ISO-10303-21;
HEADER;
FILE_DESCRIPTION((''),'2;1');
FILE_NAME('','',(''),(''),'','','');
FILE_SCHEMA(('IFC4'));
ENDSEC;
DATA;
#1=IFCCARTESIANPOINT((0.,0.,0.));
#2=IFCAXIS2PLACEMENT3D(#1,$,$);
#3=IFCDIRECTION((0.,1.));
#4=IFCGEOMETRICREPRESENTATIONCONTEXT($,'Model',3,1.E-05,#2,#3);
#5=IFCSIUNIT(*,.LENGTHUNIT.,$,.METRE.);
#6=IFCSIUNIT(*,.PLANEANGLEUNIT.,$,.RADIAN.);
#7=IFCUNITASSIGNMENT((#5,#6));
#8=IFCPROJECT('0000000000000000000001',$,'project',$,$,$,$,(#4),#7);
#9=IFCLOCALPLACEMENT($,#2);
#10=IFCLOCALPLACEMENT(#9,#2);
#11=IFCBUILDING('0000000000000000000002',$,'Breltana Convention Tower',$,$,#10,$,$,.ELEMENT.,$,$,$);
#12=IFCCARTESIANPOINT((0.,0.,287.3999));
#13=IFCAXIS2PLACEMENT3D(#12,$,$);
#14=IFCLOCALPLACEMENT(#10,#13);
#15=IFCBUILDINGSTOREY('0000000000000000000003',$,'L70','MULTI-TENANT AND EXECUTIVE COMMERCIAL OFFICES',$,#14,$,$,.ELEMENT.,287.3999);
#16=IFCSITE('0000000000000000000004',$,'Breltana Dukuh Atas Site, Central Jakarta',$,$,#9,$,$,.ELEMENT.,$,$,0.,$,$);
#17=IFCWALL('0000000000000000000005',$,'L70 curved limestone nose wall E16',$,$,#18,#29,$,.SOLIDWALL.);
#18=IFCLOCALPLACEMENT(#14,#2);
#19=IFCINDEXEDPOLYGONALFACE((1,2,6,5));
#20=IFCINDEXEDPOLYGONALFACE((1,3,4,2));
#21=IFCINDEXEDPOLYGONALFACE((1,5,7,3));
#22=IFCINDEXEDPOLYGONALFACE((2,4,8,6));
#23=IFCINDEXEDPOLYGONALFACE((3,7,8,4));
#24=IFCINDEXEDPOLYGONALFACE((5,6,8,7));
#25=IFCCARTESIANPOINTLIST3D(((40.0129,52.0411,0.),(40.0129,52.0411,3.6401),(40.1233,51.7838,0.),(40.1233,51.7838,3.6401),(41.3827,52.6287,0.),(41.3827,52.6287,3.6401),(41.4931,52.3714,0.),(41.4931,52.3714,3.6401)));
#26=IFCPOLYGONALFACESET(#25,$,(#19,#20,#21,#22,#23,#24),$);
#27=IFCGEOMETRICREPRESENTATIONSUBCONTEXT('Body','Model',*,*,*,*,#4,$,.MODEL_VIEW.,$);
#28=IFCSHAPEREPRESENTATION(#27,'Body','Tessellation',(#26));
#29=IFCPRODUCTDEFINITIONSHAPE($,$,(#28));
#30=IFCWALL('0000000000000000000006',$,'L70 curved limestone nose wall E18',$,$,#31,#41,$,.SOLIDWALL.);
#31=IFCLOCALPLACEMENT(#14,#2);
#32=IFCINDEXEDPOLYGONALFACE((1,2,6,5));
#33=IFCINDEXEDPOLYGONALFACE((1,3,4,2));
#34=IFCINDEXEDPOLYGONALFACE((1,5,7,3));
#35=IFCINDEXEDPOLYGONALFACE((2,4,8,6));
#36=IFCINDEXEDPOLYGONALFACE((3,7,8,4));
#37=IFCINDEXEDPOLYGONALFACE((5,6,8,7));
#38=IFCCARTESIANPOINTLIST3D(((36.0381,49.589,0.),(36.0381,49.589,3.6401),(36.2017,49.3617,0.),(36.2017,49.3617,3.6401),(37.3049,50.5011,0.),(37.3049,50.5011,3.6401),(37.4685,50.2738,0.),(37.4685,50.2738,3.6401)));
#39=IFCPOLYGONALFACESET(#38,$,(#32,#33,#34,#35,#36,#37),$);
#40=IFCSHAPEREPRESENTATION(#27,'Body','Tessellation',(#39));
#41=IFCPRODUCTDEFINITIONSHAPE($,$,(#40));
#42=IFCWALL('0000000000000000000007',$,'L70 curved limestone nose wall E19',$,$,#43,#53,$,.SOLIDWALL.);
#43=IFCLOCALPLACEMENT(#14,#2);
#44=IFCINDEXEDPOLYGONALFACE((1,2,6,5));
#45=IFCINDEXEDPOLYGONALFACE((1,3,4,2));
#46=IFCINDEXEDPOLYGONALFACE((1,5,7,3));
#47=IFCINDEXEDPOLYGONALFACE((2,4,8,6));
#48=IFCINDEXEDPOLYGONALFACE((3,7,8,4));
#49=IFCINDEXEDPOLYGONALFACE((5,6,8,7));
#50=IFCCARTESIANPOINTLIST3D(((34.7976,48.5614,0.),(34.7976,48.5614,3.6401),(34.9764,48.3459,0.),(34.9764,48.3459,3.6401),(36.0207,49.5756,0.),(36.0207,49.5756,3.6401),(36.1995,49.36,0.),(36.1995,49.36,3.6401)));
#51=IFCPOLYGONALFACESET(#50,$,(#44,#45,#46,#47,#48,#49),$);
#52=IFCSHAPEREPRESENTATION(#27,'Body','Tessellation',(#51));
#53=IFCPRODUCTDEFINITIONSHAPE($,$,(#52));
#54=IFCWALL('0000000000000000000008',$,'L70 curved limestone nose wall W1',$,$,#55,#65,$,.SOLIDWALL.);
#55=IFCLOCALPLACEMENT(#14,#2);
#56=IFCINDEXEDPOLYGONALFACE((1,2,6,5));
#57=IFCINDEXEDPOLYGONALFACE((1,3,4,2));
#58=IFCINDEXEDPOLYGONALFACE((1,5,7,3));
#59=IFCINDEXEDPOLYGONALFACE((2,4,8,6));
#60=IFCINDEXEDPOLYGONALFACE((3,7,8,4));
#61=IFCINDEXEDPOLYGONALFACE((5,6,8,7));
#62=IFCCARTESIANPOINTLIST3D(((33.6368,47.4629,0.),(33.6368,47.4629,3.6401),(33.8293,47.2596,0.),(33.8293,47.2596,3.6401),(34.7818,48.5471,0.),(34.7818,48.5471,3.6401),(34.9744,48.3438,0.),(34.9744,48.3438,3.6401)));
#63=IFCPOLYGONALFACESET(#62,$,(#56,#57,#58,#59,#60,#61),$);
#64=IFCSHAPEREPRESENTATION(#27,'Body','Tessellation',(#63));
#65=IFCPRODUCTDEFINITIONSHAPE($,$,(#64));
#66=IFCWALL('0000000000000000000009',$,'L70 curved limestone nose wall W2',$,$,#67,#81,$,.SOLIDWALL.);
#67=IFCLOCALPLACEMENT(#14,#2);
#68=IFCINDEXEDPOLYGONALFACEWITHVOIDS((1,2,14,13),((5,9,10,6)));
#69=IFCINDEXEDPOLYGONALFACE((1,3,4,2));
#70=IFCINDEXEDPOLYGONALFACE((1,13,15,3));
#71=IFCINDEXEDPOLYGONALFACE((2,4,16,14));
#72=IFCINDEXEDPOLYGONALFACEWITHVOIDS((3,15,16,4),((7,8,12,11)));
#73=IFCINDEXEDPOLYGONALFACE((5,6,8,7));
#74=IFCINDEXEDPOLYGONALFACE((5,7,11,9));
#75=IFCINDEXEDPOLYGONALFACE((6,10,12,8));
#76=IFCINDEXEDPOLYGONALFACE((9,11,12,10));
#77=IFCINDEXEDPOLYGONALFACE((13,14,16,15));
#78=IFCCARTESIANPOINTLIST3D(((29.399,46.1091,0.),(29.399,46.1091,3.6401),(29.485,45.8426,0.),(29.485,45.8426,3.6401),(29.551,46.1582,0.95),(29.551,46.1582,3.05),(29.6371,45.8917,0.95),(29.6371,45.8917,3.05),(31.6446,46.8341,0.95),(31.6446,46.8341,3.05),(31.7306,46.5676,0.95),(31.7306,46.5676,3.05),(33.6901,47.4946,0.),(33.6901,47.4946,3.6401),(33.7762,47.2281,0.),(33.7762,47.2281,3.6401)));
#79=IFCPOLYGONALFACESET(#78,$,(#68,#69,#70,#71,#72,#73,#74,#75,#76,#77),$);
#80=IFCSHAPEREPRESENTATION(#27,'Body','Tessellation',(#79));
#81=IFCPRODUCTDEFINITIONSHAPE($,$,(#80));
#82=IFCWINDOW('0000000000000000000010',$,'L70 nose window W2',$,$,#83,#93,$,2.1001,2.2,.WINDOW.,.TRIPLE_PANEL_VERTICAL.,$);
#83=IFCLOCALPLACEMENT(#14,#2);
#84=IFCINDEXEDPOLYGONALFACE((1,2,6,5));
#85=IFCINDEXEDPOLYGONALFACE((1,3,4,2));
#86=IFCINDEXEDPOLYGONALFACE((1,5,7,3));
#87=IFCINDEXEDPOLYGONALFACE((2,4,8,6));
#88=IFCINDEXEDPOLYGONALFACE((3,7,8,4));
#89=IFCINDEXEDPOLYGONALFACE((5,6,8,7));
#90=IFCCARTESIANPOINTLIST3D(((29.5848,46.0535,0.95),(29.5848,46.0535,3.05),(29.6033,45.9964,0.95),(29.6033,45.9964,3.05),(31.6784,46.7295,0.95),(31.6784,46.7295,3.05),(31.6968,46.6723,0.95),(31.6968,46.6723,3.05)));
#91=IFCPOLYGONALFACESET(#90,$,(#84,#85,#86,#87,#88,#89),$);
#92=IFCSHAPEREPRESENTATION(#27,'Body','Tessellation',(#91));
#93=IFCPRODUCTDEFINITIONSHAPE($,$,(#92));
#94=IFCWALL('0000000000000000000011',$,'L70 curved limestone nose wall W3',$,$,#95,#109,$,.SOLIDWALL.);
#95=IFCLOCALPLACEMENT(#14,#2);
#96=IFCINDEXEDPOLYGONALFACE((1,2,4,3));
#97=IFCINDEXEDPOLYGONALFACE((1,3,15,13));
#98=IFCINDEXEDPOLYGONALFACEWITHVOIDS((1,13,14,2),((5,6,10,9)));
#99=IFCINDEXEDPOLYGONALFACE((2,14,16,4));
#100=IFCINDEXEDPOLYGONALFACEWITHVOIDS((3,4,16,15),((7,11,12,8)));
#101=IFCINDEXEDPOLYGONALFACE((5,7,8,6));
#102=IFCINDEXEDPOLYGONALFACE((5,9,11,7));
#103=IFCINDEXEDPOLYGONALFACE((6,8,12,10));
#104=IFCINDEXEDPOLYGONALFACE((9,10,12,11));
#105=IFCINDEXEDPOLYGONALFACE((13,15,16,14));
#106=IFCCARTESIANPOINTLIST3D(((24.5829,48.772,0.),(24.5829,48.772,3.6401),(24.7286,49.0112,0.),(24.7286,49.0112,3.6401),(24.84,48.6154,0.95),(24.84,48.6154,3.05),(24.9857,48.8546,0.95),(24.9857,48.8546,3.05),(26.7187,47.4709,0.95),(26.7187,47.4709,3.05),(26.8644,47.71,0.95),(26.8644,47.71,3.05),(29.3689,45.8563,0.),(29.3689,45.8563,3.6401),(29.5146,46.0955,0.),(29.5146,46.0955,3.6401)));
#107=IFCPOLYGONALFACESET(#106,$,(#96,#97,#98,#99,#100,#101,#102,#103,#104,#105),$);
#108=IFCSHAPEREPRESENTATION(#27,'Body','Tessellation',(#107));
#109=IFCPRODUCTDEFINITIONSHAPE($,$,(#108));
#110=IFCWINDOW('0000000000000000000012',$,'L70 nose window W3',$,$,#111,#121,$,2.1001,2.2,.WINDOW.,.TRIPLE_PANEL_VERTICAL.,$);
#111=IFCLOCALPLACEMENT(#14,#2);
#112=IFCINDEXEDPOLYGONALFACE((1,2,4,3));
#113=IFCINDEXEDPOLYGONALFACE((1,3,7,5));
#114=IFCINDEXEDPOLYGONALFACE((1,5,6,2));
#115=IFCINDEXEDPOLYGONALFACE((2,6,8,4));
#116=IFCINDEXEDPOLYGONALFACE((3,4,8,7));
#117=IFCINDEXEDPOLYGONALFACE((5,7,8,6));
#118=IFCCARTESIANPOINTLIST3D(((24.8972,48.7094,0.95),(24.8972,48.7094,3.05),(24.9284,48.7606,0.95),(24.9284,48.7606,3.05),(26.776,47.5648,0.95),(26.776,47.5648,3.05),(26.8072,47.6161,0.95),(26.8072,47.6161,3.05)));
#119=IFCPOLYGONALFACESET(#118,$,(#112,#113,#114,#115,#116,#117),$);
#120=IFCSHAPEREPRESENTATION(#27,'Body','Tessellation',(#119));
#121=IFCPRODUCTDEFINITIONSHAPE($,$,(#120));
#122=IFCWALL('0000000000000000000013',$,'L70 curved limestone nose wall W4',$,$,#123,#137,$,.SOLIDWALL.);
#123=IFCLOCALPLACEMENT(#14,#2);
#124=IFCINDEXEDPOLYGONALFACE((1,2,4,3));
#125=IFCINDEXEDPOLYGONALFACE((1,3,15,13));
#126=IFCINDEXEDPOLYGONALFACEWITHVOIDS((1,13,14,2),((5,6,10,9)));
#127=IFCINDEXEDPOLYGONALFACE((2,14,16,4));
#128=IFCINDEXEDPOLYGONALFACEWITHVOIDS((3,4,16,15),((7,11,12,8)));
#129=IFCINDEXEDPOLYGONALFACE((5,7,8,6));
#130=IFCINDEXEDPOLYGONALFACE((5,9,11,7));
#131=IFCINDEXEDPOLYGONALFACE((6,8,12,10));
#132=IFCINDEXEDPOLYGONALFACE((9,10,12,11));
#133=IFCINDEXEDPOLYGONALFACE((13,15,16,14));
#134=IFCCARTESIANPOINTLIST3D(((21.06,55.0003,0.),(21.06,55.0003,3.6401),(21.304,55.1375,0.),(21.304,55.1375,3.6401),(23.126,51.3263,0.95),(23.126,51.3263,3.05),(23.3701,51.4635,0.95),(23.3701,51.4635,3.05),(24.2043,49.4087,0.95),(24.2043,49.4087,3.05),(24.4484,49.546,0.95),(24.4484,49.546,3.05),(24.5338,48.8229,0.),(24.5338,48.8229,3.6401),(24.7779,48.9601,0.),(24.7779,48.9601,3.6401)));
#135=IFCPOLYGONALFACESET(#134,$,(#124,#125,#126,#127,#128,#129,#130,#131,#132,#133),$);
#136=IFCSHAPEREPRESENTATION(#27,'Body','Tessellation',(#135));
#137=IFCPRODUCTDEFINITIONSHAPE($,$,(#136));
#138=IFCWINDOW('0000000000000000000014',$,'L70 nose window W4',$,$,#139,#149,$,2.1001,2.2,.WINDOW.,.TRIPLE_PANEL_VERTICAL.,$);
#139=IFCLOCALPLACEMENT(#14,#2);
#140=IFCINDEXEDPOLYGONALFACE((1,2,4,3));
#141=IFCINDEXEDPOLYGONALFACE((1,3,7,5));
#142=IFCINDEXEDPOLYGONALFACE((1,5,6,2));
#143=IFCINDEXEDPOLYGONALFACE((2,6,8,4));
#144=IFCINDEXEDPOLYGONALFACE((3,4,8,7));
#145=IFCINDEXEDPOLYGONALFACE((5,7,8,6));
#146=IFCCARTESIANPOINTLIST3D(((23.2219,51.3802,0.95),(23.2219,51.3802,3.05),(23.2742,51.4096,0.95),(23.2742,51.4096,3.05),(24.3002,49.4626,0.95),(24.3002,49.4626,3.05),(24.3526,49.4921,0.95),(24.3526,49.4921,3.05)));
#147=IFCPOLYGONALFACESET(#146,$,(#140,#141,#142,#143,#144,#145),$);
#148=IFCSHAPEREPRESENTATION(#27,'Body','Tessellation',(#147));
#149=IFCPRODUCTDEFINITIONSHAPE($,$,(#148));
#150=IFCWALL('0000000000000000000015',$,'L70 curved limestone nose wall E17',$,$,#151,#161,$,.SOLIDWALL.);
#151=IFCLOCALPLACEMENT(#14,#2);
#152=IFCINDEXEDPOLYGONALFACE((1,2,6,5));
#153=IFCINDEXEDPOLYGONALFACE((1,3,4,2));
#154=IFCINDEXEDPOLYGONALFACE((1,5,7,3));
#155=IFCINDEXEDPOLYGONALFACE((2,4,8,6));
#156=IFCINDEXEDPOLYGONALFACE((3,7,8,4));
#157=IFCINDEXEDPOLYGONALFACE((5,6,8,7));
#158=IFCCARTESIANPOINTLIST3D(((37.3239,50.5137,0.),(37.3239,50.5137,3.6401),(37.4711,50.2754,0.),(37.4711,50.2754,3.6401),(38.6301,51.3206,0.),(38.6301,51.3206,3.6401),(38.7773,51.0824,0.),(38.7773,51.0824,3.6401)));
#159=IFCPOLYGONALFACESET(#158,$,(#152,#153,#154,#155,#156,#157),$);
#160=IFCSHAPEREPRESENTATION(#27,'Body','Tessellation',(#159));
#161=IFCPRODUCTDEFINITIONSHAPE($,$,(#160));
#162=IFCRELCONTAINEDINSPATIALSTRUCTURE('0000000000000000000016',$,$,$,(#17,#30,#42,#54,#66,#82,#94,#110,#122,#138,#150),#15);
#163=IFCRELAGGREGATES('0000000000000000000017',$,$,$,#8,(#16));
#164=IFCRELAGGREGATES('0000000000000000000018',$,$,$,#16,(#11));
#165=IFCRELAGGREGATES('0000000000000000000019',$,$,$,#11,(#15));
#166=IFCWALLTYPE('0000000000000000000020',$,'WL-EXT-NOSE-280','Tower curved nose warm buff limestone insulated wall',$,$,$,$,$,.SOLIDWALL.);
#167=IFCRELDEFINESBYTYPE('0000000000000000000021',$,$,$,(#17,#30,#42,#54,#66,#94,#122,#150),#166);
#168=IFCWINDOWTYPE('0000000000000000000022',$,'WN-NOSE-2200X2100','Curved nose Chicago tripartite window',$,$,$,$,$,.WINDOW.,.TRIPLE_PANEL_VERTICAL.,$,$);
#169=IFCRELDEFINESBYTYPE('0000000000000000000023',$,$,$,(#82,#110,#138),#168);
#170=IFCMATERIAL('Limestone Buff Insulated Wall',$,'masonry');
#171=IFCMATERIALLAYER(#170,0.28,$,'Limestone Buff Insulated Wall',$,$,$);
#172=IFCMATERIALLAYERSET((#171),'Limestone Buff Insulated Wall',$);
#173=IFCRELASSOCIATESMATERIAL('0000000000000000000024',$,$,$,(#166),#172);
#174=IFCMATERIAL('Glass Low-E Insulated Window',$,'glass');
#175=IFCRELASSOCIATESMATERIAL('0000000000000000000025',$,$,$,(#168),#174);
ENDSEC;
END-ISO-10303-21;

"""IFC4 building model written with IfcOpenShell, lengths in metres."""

from ifc_helpers import new_model, si_unit, direction, frame, frame_2d, origin, place, context, subcontext, project, spatial, rectangle, extrude, source, transform, mapped, material, layer, layer_set, type_object, type_shapes, element, fill, save


model = new_model("IFC4")

# Units and contexts
model_context = context("Model", 3, precision=1e-05, world=origin(), true_north=direction((0.0, 1.0)))
body_context = subcontext(model_context, "Body", "Model", "MODEL_VIEW")
ifc_project = project(units=[si_unit("LENGTHUNIT", "METRE"), si_unit("PLANEANGLEUNIT", "RADIAN")], contexts=[model_context])

# Site, building, storey
site_placement = place(None, origin())
site = spatial("IfcSite", under=ifc_project, at=site_placement, Name="Breltana Dukuh Atas Site, Central Jakarta", CompositionType="ELEMENT", RefElevation=0.0)
building_placement = place(site_placement, origin())
building = spatial("IfcBuilding", under=site, at=building_placement, Name="Breltana Convention Tower", CompositionType="ELEMENT")
storey_placement = place(building_placement, frame((0.0, 0.0, 287.3999)))
storey = spatial("IfcBuildingStorey", under=building, at=storey_placement, Name="L70", Description="MULTI-TENANT AND EXECUTIVE COMMERCIAL OFFICES", CompositionType="ELEMENT", Elevation=287.3999)

# Walls
ifc_material_1 = material(Name="Limestone Buff Insulated Wall", Category="masonry")
ifc_layer_1 = layer(ifc_material_1, 0.28, Name="Limestone Buff Insulated Wall")
ifc_layer_set_1 = layer_set([ifc_layer_1], Name="Limestone Buff Insulated Wall")
wall_type_1 = type_object("IfcWallType", Name="WL-EXT-NOSE-280", Description="Tower curved nose warm buff limestone insulated wall", PredefinedType="SOLIDWALL", material=ifc_layer_set_1)
shared_shape_1 = source(origin(), body_context, "Body", "SweptSolid", [
    extrude(rectangle(XDim=1.4905, YDim=0.28, at=frame_2d((0.7451, 0.0))), origin(), (0.0, 0.0, 1.0), 3.6401),
])
wall_1_placement = place(storey_placement, frame((41.4377, 52.5, 0.0), z_axis=(0.0, 0.0, 1.0), x_axis=(-0.919009, -0.394236, 0.0)))
element("IfcWall", 1, at=wall_1_placement, inside=storey, type_object=wall_type_1, Name="L70 curved limestone nose wall E16", PredefinedType="SOLIDWALL", context=body_context, shape_type="MappedRepresentation", body=[
    mapped(shared_shape_1, transform((0.0, 0.0, 0.0), scale=1.0)),
])
shared_shape_2 = source(origin(), body_context, "Body", "SweptSolid", [
    extrude(rectangle(XDim=1.561, YDim=0.28, at=frame_2d((0.7805, 0.0))), origin(), (0.0, 0.0, 1.0), 3.6401),
])
wall_2_placement = place(storey_placement, frame((37.3867, 50.3875, 0.0), z_axis=(0.0, 0.0, 1.0), x_axis=(-0.81154, -0.584296, 0.0)))
element("IfcWall", 2, at=wall_2_placement, inside=storey, type_object=wall_type_1, Name="L70 curved limestone nose wall E18", PredefinedType="SOLIDWALL", context=body_context, shape_type="MappedRepresentation", body=[
    mapped(shared_shape_2, transform((0.0, 0.0, 0.0), scale=1.0)),
])
shared_shape_3 = source(origin(), body_context, "Body", "SweptSolid", [
    extrude(rectangle(XDim=1.5889, YDim=0.28, at=frame_2d((0.7944, 0.0))), origin(), (0.0, 0.0, 1.0), 3.6401),
])
wall_3_placement = place(storey_placement, frame((36.1101, 49.4678, 0.0), z_axis=(0.0, 0.0, 1.0), x_axis=(-0.769806, -0.638278, 0.0)))
element("IfcWall", 3, at=wall_3_placement, inside=storey, type_object=wall_type_1, Name="L70 curved limestone nose wall E19", PredefinedType="SOLIDWALL", context=body_context, shape_type="MappedRepresentation", body=[
    mapped(shared_shape_3, transform((0.0, 0.0, 0.0), scale=1.0)),
])
shared_shape_4 = source(origin(), body_context, "Body", "SweptSolid", [
    extrude(rectangle(XDim=1.5769, YDim=0.28, at=frame_2d((0.7886, 0.0))), origin(), (0.0, 0.0, 1.0), 3.6401),
])
wall_4_placement = place(storey_placement, frame((34.8782, 48.4456, 0.0), z_axis=(0.0, 0.0, 1.0), x_axis=(-0.726119, -0.687569, 0.0)))
element("IfcWall", 4, at=wall_4_placement, inside=storey, type_object=wall_type_1, Name="L70 curved limestone nose wall W1", PredefinedType="SOLIDWALL", context=body_context, shape_type="MappedRepresentation", body=[
    mapped(shared_shape_4, transform((0.0, 0.0, 0.0), scale=1.0)),
])

# Walls, openings, windows
shared_shape_5 = source(origin(), body_context, "Body", "SweptSolid", [
    extrude(rectangle(XDim=4.5093, YDim=0.28, at=frame_2d((2.2546, 0.0))), origin(), (0.0, 0.0, 1.0), 3.6401),
])
wall_5_placement = place(storey_placement, frame((33.7332, 47.3613, 0.0), z_axis=(0.0, 0.0, 1.0), x_axis=(-0.951629, -0.307248, 0.0)))
wall_5 = element("IfcWall", 5, at=wall_5_placement, inside=storey, type_object=wall_type_1, Name="L70 curved limestone nose wall W2", PredefinedType="SOLIDWALL", context=body_context, shape_type="MappedRepresentation", body=[
    mapped(shared_shape_5, transform((0.0, 0.0, 0.0), scale=1.0)),
])
opening_1_placement = place(wall_5_placement, frame((2.1494, 0.0, 0.95)))
opening_1 = element("IfcOpeningElement", 6, at=opening_1_placement, cuts=wall_5, PredefinedType="OPENING", context=body_context, shape_type="SweptSolid", body=[
    extrude(rectangle(XDim=2.2, YDim=2.1001, at=frame_2d((1.1001, 1.05))), frame((0.0, 0.1499, 0.0), z_axis=(0.0, -1.0, 0.0), x_axis=(1.0, 0.0, 0.0)), (0.0, 0.0, 1.0), 0.3),
])
ifc_material_2 = material(Name="Glass Low-E Insulated Window", Category="glass")
window_type = type_object("IfcWindowType", Name="WN-NOSE-2200X2100", Description="Curved nose Chicago tripartite window", PartitioningType="TRIPLE_PANEL_VERTICAL", PredefinedType="WINDOW", material=ifc_material_2)
shared_shape_6 = source(origin(), body_context, "Body", "SweptSolid", [
    extrude(rectangle(XDim=2.2, YDim=2.1001, at=frame_2d((1.1001, 1.05))), frame((0.0, 0.03, 0.0), z_axis=(0.0, -1.0, 0.0), x_axis=(1.0, 0.0, 0.0)), (0.0, 0.0, 1.0), 0.0601),
])
type_shapes(window_type, [shared_shape_6])
window_1_placement = place(opening_1_placement, origin())
window_1 = element("IfcWindow", 7, at=window_1_placement, inside=storey, type_object=window_type, Name="L70 nose window W2", OverallHeight=2.1001, OverallWidth=2.2, PartitioningType="TRIPLE_PANEL_VERTICAL", PredefinedType="WINDOW", context=body_context, shape_type="MappedRepresentation", body=[
    mapped(shared_shape_6, transform((0.0, 0.0, 0.0), scale=1.0)),
])
fill(opening_1, window_1)
shared_shape_7 = source(origin(), body_context, "Body", "SweptSolid", [
    extrude(rectangle(XDim=5.6042, YDim=0.28, at=frame_2d((2.8022, 0.0))), origin(), (0.0, 0.0, 1.0), 3.6401),
])
wall_6_placement = place(storey_placement, frame((29.4419, 45.9758, 0.0), z_axis=(0.0, 0.0, 1.0), x_axis=(-0.854002, 0.520269, 0.0)))
wall_6 = element("IfcWall", 8, at=wall_6_placement, inside=storey, type_object=wall_type_1, Name="L70 curved limestone nose wall W3", PredefinedType="SOLIDWALL", context=body_context, shape_type="MappedRepresentation", body=[
    mapped(shared_shape_7, transform((0.0, 0.0, 0.0), scale=1.0)),
])
opening_2_placement = place(wall_6_placement, frame((3.1033, 0.0, 0.95)))
opening_2 = element("IfcOpeningElement", 9, at=opening_2_placement, cuts=wall_6, PredefinedType="OPENING", context=body_context, shape_type="SweptSolid", body=[
    extrude(rectangle(XDim=2.2, YDim=2.1001, at=frame_2d((1.1001, 1.05))), frame((0.0, 0.1499, 0.0), z_axis=(0.0, -1.0, 0.0), x_axis=(1.0, 0.0, 0.0)), (0.0, 0.0, 1.0), 0.3),
])
window_2_placement = place(opening_2_placement, origin())
window_2 = element("IfcWindow", 10, at=window_2_placement, inside=storey, type_object=window_type, Name="L70 nose window W3", OverallHeight=2.1001, OverallWidth=2.2, PartitioningType="TRIPLE_PANEL_VERTICAL", PredefinedType="WINDOW", context=body_context, shape_type="MappedRepresentation", body=[
    mapped(shared_shape_6, transform((0.0, 0.0, 0.0), scale=1.0)),
])
fill(opening_2, window_2)
shared_shape_8 = source(origin(), body_context, "Body", "SweptSolid", [
    extrude(rectangle(XDim=7.0872, YDim=0.28, at=frame_2d((3.5435, 0.0))), origin(), (0.0, 0.0, 1.0), 3.6401),
])
wall_7_placement = place(storey_placement, frame((24.6558, 48.8916, 0.0), z_axis=(0.0, 0.0, 1.0), x_axis=(-0.490158, 0.871633, 0.0)))
wall_7 = element("IfcWall", 11, at=wall_7_placement, inside=storey, type_object=wall_type_1, Name="L70 curved limestone nose wall W4", PredefinedType="SOLIDWALL", context=body_context, shape_type="MappedRepresentation", body=[
    mapped(shared_shape_8, transform((0.0, 0.0, 0.0), scale=1.0)),
])
opening_3_placement = place(wall_7_placement, frame((0.6719, 0.0, 0.95)))
opening_3 = element("IfcOpeningElement", 12, at=opening_3_placement, cuts=wall_7, PredefinedType="OPENING", context=body_context, shape_type="SweptSolid", body=[
    extrude(rectangle(XDim=2.2, YDim=2.1001, at=frame_2d((1.1001, 1.05))), frame((0.0, 0.1499, 0.0), z_axis=(0.0, -1.0, 0.0), x_axis=(1.0, 0.0, 0.0)), (0.0, 0.0, 1.0), 0.3),
])
window_3_placement = place(opening_3_placement, origin())
window_3 = element("IfcWindow", 13, at=window_3_placement, inside=storey, type_object=window_type, Name="L70 nose window W4", OverallHeight=2.1001, OverallWidth=2.2, PartitioningType="TRIPLE_PANEL_VERTICAL", PredefinedType="WINDOW", context=body_context, shape_type="MappedRepresentation", body=[
    mapped(shared_shape_6, transform((0.0, 0.0, 0.0), scale=1.0)),
])
fill(opening_3, window_3)

# Wall
shared_shape_9 = source(origin(), body_context, "Body", "SweptSolid", [
    extrude(rectangle(XDim=1.5354, YDim=0.28, at=frame_2d((0.7676, 0.0))), origin(), (0.0, 0.0, 1.0), 3.6401),
])
wall_8_placement = place(storey_placement, frame((38.7036, 51.2014, 0.0), z_axis=(0.0, 0.0, 1.0), x_axis=(-0.850756, -0.525561, 0.0)))
element("IfcWall", 14, at=wall_8_placement, inside=storey, type_object=wall_type_1, Name="L70 curved limestone nose wall E17", PredefinedType="SOLIDWALL", context=body_context, shape_type="MappedRepresentation", body=[
    mapped(shared_shape_9, transform((0.0, 0.0, 0.0), scale=1.0)),
])

save(model, "model.ifc")
